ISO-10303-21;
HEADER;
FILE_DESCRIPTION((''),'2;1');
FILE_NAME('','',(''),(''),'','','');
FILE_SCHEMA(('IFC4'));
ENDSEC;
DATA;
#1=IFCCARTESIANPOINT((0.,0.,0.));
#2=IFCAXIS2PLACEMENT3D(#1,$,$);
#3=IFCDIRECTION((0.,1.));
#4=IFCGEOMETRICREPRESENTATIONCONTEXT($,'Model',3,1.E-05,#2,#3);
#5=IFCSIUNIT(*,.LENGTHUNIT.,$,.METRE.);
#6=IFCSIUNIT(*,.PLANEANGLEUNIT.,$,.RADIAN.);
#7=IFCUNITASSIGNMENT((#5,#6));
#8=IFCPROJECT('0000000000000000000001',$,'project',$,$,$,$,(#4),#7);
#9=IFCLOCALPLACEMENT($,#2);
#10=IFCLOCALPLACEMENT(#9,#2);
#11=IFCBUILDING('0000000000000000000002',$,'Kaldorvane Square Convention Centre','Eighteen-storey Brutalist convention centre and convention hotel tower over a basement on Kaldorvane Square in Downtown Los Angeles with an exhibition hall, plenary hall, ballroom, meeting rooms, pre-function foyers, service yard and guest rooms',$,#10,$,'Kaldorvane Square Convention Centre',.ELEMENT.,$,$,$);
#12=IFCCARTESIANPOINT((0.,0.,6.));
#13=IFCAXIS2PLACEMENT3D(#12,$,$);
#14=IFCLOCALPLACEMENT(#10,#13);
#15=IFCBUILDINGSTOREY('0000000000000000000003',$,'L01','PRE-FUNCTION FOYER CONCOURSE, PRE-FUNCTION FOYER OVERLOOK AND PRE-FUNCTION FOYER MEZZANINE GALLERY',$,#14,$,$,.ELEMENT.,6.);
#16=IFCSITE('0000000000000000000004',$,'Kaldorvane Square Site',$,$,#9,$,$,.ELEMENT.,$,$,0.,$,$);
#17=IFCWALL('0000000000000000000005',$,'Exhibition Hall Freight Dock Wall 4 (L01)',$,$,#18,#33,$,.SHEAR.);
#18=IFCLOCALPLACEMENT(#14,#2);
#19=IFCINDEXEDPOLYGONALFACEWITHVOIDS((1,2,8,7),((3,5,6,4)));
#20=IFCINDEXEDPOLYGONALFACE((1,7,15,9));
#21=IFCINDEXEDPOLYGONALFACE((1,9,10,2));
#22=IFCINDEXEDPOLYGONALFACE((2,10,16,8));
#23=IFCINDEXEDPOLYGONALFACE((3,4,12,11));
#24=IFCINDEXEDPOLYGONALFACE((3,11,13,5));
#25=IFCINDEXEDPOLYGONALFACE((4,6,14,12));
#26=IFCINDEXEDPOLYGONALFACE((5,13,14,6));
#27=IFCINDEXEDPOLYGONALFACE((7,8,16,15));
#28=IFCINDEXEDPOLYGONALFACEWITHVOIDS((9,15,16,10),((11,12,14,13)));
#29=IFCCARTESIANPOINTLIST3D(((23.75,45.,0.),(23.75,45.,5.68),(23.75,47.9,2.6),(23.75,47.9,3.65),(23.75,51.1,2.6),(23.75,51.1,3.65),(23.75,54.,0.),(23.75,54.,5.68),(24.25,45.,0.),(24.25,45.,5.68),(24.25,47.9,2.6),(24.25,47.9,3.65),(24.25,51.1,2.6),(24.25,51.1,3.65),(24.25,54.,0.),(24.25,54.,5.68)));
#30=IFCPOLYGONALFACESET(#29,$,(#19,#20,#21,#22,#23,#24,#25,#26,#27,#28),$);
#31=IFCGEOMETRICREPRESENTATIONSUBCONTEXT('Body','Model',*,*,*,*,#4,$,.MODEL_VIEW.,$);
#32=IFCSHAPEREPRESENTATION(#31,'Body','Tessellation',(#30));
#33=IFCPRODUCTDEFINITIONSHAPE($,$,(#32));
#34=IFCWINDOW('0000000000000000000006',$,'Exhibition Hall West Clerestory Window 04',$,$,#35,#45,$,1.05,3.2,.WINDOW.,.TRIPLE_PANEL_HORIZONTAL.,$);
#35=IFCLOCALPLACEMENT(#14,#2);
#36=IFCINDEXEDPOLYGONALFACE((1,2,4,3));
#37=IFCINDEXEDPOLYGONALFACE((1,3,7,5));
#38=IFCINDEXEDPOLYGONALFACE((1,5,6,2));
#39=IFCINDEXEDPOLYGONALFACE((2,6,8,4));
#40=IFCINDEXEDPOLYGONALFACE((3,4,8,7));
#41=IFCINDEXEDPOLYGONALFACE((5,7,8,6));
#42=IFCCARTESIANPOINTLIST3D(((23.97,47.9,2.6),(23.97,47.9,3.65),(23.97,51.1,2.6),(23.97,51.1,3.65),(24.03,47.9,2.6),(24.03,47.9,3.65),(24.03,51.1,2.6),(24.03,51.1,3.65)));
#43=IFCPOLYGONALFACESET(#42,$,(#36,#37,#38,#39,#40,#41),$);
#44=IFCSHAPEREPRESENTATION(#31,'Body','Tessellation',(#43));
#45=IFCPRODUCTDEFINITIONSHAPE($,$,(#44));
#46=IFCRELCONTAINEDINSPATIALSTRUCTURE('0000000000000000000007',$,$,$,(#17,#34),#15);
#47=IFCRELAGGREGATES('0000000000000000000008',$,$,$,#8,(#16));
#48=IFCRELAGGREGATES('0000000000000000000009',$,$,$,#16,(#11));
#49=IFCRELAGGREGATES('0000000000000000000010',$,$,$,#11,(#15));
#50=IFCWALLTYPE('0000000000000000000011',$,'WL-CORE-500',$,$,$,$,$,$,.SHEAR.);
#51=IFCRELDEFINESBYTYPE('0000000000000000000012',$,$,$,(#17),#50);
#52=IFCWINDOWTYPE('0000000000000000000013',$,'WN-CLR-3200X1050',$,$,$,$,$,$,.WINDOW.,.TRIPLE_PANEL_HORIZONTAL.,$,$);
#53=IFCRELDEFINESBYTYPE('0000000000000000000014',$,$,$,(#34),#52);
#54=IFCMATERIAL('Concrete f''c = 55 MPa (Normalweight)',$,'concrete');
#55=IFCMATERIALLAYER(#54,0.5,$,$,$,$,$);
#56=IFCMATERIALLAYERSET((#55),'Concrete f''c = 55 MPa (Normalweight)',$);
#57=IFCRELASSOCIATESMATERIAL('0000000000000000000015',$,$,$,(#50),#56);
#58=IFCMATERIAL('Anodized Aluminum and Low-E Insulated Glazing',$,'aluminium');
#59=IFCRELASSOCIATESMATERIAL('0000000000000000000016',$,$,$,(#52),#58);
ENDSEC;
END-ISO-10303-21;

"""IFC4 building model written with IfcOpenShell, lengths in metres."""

from ifc_helpers import new_model, si_unit, direction, frame, frame_2d, origin, place, context, subcontext, project, spatial, rectangle, extrude, material, layer, layer_set, type_object, element, fill, save


model = new_model("IFC4")

# Units and contexts
model_context = context("Model", 3, precision=1e-05, world=origin(), true_north=direction((0.0, 1.0)))
body_context = subcontext(model_context, "Body", "Model", "MODEL_VIEW")
ifc_project = project(units=[si_unit("LENGTHUNIT", "METRE"), si_unit("PLANEANGLEUNIT", "RADIAN")], contexts=[model_context])

# Site, building, storey
site_placement = place(None, origin())
site = spatial("IfcSite", under=ifc_project, at=site_placement, Name="Kaldorvane Square Site", CompositionType="ELEMENT", RefElevation=0.0)
building_placement = place(site_placement, origin())
building = spatial("IfcBuilding", under=site, at=building_placement, Name="Kaldorvane Square Convention Centre", Description="Eighteen-storey Brutalist convention centre and convention hotel tower over a basement on Kaldorvane Square in Downtown Los Angeles with an exhibition hall, plenary hall, ballroom, meeting rooms, pre-function foyers, service yard and guest rooms", LongName="Kaldorvane Square Convention Centre", CompositionType="ELEMENT")
storey_placement = place(building_placement, frame((0.0, 0.0, 6.0)))
storey = spatial("IfcBuildingStorey", under=building, at=storey_placement, Name="L01", Description="PRE-FUNCTION FOYER CONCOURSE, PRE-FUNCTION FOYER OVERLOOK AND PRE-FUNCTION FOYER MEZZANINE GALLERY", CompositionType="ELEMENT", Elevation=6.0)

# Wall, opening, window
ifc_material_1 = material(Name="Concrete f'c = 55 MPa (Normalweight)", Category="concrete")
ifc_layer = layer(ifc_material_1, 0.5)
ifc_layer_set = layer_set([ifc_layer], Name="Concrete f'c = 55 MPa (Normalweight)")
wall_type = type_object("IfcWallType", Name="WL-CORE-500", PredefinedType="SHEAR", material=ifc_layer_set)
ifc_material_2 = material(Name="Anodized Aluminum and Low-E Insulated Glazing", Category="aluminium")
wall_1_placement = place(storey_placement, frame((24.0, 54.0, 0.0), z_axis=(0.0, 0.0, 1.0), x_axis=(0.0, -1.0, 0.0)))
wall_1 = element("IfcWall", 1, at=wall_1_placement, inside=storey, type_object=wall_type, Name="Exhibition Hall Freight Dock Wall 4 (L01)", PredefinedType="SHEAR", context=body_context, shape_type="SweptSolid", body=[
    extrude(rectangle(XDim=9.0, YDim=0.5, at=frame_2d((4.5, 0.0))), origin(), (0.0, 0.0, 1.0), 5.68),
])
opening_1_placement = place(wall_1_placement, frame((2.9, 0.0, 2.6)))
opening_1 = element("IfcOpeningElement", 2, at=opening_1_placement, cuts=wall_1, PredefinedType="OPENING", context=body_context, shape_type="SweptSolid", body=[
    extrude(rectangle(XDim=3.2, YDim=1.05, at=frame_2d((1.6, 0.525))), frame((0.0, 0.265, 0.0), z_axis=(0.0, -1.0, 0.0), x_axis=(1.0, 0.0, 0.0)), (0.0, 0.0, 1.0), 0.53),
])
window_type_1 = type_object("IfcWindowType", Name="WN-CLR-3200X1050", PartitioningType="TRIPLE_PANEL_HORIZONTAL", PredefinedType="WINDOW", material=ifc_material_2)
window_1_placement = place(opening_1_placement, origin())
window_1 = element("IfcWindow", 3, at=window_1_placement, inside=storey, type_object=window_type_1, Name="Exhibition Hall West Clerestory Window 04", OverallHeight=1.05, OverallWidth=3.2, PartitioningType="TRIPLE_PANEL_HORIZONTAL", PredefinedType="WINDOW", context=body_context, shape_type="SweptSolid", body=[
    extrude(rectangle(XDim=3.2, YDim=1.05, at=frame_2d((1.6, 0.525))), frame((0.0, 0.03, 0.0), z_axis=(0.0, -1.0, 0.0), x_axis=(1.0, 0.0, 0.0)), (0.0, 0.0, 1.0), 0.06),
])
fill(opening_1, window_1)

save(model, "model.ifc")
